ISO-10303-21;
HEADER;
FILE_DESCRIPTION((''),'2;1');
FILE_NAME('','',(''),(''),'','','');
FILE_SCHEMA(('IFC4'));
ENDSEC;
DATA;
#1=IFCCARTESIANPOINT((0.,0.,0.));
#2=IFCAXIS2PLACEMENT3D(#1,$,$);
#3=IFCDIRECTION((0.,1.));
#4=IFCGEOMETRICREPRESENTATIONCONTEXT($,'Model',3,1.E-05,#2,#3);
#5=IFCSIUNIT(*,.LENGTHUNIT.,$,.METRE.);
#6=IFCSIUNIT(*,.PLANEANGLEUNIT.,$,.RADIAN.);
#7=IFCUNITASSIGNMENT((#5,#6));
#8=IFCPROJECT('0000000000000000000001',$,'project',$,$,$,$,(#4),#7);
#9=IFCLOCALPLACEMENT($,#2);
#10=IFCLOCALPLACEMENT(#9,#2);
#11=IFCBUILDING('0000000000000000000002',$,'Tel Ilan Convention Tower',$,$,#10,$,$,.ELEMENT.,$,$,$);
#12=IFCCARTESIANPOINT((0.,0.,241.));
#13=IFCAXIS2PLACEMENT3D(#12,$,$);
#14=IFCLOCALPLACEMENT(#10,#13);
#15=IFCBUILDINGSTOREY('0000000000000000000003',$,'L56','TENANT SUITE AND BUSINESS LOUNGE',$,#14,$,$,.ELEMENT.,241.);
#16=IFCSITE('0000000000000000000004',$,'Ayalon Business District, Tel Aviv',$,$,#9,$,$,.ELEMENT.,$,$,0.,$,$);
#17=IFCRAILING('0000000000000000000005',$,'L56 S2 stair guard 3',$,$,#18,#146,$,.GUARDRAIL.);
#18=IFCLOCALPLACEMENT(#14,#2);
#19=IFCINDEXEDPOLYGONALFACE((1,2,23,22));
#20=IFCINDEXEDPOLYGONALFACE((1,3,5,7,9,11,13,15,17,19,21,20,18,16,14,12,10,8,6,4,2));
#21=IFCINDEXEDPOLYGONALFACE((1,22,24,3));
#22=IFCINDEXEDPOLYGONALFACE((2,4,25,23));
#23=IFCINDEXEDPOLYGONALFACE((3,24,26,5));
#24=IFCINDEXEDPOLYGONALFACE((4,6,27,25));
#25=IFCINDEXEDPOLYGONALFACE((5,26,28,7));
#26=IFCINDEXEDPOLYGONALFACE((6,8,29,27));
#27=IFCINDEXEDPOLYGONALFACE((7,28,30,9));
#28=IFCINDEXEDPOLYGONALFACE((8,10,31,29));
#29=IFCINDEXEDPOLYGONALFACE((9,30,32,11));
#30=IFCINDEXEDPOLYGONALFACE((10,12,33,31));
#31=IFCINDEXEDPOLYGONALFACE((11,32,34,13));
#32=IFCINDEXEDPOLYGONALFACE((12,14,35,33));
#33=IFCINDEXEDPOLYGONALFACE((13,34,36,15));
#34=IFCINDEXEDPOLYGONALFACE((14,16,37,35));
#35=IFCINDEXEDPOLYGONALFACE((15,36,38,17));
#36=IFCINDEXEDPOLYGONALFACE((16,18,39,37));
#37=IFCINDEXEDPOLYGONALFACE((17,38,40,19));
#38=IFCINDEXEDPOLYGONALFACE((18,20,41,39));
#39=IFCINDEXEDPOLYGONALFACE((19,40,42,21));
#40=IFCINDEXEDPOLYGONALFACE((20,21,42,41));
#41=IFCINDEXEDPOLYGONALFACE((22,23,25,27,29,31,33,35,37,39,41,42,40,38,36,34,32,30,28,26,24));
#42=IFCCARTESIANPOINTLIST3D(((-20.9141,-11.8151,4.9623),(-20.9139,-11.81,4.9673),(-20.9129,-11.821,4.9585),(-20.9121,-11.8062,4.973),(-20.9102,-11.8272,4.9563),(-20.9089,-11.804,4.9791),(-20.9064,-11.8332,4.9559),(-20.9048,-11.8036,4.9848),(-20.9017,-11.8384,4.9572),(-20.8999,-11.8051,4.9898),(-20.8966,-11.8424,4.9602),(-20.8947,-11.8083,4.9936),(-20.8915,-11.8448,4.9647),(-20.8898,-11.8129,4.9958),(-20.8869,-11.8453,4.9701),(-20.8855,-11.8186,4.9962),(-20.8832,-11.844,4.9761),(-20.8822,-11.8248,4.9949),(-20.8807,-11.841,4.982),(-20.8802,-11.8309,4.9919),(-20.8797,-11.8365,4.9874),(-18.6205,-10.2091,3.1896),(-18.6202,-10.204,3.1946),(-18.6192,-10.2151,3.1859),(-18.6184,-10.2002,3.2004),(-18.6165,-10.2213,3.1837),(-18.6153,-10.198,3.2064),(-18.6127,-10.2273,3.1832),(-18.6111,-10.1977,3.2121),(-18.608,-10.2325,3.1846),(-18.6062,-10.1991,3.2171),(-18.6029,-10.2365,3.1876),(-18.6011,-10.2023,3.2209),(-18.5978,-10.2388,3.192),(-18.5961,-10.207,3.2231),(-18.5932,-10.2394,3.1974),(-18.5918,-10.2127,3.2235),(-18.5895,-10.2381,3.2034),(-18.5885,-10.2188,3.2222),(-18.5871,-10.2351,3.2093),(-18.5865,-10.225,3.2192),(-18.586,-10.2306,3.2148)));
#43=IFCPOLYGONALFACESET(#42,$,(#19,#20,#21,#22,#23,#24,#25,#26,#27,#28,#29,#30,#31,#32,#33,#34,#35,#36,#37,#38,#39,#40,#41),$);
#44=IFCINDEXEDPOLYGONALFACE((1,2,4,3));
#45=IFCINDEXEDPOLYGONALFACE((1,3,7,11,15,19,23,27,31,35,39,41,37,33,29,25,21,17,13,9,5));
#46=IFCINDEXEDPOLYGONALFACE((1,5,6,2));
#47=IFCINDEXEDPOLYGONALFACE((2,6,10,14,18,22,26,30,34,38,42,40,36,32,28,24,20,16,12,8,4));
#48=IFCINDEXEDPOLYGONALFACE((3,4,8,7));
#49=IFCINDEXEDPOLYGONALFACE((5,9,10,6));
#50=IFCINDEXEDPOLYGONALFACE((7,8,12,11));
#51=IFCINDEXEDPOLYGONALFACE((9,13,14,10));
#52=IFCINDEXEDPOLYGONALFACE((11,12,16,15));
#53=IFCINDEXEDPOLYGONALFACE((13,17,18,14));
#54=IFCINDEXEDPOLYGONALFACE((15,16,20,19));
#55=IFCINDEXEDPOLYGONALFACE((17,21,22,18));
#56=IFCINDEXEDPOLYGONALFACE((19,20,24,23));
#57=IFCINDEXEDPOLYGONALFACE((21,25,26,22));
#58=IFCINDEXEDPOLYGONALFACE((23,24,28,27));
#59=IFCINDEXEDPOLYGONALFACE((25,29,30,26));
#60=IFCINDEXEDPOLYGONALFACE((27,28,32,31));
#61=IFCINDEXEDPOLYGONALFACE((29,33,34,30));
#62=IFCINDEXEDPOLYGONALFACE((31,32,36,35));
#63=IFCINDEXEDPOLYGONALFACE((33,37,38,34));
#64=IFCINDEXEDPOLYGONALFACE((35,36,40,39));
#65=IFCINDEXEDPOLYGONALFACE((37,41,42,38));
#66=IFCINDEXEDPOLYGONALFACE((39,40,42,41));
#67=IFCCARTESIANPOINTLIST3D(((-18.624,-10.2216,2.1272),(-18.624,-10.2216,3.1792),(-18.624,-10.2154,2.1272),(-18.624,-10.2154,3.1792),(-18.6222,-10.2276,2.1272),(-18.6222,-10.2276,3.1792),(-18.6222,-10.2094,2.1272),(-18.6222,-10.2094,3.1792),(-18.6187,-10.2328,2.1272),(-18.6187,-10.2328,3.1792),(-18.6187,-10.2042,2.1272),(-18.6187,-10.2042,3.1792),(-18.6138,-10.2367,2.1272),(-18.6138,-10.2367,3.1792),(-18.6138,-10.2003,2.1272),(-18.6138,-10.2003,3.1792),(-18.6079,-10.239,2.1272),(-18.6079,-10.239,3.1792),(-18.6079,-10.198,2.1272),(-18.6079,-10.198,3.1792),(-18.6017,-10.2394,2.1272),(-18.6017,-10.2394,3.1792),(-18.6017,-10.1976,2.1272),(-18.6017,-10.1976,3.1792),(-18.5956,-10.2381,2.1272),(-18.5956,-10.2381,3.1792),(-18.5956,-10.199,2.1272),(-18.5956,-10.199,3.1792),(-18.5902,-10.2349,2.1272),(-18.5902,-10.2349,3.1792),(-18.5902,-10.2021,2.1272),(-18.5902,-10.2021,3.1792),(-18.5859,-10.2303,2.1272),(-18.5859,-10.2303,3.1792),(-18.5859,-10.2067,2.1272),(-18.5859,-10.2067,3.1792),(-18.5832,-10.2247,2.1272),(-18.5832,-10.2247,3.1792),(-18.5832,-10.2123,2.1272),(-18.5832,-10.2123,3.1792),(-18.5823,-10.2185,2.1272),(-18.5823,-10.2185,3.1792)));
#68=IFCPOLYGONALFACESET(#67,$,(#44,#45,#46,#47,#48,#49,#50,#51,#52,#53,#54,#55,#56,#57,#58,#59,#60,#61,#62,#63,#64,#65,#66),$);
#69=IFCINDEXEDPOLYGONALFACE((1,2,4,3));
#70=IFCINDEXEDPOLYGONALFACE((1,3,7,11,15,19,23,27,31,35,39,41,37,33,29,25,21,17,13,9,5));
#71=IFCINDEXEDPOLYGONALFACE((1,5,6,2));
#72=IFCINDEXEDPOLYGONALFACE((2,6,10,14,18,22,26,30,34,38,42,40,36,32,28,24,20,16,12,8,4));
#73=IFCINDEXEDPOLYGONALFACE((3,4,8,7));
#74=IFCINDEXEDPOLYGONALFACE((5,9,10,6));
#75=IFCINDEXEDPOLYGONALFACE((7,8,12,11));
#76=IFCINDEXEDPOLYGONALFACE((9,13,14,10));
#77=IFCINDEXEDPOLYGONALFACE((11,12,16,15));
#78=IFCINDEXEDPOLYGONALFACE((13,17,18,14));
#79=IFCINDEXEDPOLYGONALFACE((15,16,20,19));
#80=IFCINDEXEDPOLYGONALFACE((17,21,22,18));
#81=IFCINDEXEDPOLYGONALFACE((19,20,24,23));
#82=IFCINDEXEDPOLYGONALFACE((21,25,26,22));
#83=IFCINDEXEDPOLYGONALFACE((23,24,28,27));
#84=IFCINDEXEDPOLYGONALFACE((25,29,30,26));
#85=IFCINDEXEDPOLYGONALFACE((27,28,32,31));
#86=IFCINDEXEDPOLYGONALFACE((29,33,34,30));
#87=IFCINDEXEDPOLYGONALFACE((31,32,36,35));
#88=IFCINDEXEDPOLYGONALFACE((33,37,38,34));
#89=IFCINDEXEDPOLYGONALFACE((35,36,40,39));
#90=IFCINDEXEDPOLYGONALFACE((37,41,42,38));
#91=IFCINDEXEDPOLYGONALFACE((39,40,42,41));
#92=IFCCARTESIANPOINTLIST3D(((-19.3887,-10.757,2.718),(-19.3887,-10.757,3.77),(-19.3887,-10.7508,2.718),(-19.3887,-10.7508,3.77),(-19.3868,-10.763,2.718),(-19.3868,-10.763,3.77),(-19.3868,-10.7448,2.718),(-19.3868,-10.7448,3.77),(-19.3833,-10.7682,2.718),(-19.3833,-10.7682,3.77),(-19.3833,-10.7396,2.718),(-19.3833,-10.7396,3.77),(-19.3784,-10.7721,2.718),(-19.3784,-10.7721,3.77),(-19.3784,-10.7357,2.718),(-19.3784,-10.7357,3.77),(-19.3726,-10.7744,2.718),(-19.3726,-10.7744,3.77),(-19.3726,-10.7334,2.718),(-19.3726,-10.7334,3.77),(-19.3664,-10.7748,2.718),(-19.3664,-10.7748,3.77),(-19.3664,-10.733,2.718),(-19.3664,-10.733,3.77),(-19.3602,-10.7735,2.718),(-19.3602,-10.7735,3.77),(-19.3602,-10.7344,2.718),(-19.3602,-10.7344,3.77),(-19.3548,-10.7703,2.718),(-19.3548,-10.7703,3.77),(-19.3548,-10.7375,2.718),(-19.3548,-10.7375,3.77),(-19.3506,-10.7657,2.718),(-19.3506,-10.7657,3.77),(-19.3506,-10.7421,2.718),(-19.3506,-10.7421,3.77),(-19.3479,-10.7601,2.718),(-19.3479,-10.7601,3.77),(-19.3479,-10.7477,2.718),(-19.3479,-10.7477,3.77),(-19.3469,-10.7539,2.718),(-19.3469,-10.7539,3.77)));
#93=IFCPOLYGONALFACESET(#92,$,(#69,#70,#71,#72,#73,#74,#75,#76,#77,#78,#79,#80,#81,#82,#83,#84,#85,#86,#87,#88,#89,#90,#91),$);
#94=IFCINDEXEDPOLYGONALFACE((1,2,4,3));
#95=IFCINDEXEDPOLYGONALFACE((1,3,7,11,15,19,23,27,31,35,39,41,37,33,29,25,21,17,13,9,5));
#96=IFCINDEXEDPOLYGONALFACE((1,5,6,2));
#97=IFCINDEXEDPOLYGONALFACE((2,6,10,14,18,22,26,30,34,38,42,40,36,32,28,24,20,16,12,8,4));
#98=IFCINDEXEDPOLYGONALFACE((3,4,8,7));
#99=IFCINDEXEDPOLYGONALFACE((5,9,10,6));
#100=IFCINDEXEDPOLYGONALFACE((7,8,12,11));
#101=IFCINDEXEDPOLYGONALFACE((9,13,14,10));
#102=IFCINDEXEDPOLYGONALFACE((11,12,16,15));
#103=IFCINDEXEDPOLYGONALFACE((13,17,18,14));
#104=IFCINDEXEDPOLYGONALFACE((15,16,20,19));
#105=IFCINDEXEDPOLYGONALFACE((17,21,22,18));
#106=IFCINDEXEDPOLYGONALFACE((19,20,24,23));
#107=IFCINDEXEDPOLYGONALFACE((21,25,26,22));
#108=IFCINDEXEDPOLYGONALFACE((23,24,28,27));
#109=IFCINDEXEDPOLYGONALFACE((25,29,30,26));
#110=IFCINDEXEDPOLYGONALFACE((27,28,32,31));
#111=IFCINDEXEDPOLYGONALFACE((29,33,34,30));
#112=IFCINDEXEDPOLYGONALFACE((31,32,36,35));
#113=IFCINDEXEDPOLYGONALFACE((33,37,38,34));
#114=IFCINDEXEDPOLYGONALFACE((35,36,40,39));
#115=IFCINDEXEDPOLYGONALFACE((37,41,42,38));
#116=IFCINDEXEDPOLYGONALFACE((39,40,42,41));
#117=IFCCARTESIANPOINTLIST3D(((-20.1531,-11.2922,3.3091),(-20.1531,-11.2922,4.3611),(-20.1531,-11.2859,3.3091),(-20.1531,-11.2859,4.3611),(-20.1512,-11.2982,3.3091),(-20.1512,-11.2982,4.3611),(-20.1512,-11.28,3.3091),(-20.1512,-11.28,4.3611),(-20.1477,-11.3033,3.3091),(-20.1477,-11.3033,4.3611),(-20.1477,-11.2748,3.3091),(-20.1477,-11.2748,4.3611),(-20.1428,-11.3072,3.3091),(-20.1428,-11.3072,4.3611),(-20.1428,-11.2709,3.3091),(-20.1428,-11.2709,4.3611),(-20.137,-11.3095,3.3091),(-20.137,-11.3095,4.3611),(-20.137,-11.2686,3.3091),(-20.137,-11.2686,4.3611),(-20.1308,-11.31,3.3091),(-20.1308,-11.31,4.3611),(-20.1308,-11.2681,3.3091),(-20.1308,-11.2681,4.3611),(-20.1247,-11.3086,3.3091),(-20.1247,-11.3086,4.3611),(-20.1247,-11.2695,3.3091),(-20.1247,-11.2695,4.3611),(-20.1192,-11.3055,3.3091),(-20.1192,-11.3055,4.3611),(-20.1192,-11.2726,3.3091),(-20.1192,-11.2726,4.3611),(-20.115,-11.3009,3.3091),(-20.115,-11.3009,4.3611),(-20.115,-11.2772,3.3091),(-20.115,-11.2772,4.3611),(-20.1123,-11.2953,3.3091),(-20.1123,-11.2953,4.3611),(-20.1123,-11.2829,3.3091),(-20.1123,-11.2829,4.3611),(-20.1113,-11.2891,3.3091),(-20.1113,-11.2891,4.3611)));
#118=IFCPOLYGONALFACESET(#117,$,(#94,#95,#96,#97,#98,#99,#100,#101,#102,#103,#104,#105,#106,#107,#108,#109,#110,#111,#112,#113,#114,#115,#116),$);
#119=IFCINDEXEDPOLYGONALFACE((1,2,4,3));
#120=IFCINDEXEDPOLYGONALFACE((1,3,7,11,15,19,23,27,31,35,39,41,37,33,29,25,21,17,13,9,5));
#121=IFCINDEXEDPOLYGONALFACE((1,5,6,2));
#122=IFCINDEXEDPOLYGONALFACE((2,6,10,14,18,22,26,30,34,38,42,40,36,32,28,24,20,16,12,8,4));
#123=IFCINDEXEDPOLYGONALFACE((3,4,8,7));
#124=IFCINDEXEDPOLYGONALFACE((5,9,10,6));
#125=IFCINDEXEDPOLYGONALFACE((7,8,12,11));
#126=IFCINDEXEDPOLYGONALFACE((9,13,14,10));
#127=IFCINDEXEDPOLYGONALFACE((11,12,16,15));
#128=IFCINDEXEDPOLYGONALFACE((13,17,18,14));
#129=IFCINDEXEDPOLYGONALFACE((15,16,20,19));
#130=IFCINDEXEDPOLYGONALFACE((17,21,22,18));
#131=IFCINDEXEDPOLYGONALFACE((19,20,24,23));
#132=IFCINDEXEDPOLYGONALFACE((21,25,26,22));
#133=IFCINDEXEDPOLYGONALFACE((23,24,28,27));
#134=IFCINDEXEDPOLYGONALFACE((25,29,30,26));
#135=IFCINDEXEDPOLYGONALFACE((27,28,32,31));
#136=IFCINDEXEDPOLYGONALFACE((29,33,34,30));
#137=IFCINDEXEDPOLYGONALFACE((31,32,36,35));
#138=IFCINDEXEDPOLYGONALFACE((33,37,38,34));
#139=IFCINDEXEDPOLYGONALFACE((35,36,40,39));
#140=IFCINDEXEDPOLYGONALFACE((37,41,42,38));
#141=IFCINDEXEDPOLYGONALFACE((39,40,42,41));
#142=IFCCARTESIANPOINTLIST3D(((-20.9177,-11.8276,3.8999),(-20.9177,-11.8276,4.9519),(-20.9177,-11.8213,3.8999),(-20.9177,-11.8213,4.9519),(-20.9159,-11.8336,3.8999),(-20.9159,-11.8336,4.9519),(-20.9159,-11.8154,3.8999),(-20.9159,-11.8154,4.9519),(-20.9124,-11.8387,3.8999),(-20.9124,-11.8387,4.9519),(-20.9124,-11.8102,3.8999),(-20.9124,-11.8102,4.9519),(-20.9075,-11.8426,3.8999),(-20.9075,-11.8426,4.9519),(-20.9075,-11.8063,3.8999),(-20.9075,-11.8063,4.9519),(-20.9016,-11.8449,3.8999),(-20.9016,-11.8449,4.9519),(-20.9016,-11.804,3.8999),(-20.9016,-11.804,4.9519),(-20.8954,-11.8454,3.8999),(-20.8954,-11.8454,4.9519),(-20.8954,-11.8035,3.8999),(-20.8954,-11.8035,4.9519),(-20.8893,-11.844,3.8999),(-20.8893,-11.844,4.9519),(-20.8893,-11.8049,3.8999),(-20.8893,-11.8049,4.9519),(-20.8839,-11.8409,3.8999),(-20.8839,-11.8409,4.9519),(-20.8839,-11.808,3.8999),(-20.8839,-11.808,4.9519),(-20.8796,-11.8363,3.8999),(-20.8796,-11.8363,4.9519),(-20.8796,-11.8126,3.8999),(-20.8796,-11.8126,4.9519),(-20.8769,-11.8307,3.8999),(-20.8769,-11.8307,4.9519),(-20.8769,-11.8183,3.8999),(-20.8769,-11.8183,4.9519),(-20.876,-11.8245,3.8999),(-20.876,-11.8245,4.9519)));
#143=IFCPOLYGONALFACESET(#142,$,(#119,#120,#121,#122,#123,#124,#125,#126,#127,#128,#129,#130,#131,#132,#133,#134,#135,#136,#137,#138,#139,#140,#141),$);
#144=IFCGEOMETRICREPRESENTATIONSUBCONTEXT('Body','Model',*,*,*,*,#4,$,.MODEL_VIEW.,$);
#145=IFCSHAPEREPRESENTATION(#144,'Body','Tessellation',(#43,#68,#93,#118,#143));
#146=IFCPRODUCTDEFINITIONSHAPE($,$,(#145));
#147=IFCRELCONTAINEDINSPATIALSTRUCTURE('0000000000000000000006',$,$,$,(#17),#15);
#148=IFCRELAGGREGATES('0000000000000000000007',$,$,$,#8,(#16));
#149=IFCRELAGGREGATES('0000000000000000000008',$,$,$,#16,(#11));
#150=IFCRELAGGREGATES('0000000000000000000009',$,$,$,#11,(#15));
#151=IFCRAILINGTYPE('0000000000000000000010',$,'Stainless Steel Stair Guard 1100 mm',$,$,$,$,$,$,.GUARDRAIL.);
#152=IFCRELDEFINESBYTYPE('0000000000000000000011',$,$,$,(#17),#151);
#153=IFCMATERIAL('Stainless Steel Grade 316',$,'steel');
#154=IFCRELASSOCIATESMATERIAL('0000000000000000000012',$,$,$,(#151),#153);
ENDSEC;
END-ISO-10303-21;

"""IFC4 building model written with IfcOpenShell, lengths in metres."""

from ifc_helpers import new_model, si_unit, direction, frame, origin, origin_2d, place, context, subcontext, project, spatial, circle, extrude, material, type_object, element, save


model = new_model("IFC4")

# Units and contexts
model_context = context("Model", 3, precision=1e-05, world=origin(), true_north=direction((0.0, 1.0)))
body_context = subcontext(model_context, "Body", "Model", "MODEL_VIEW")
ifc_project = project(units=[si_unit("LENGTHUNIT", "METRE"), si_unit("PLANEANGLEUNIT", "RADIAN")], contexts=[model_context])

# Site, building, storey
site_placement = place(None, origin())
site = spatial("IfcSite", under=ifc_project, at=site_placement, Name="Ayalon Business District, Tel Aviv", CompositionType="ELEMENT", RefElevation=0.0)
building_placement = place(site_placement, origin())
building = spatial("IfcBuilding", under=site, at=building_placement, Name="Tel Ilan Convention Tower", CompositionType="ELEMENT")
storey_placement = place(building_placement, frame((0.0, 0.0, 241.0)))
storey = spatial("IfcBuildingStorey", under=building, at=storey_placement, Name="L56", Description="TENANT SUITE AND BUSINESS LOUNGE", CompositionType="ELEMENT", Elevation=241.0)

# Railing
ifc_material_1 = material(Name="Stainless Steel Grade 316", Category="steel")
railing_type_1 = type_object("IfcRailingType", Name="Stainless Steel Stair Guard 1100 mm", PredefinedType="GUARDRAIL", material=ifc_material_1)
railing_1_placement = place(storey_placement, frame((-18.6033, -10.2185, 2.1272)))
element("IfcRailing", 1, at=railing_1_placement, inside=storey, type_object=railing_type_1, Name="L56 S2 stair guard 3", PredefinedType="GUARDRAIL", context=body_context, shape_type="SweptSolid", body=[
    extrude(circle(Radius=0.0239, at=origin_2d()), frame((0.0, 0.0, 1.0762), z_axis=(-0.692123, -0.484597, 0.534913), x_axis=(0.57355, -0.81917, 0.0)), (0.0, 0.0, 1.0), 3.314),
    extrude(circle(Radius=0.021, at=origin_2d()), origin(), (0.0, 0.0, 1.0), 1.052),
    extrude(circle(Radius=0.021, at=origin_2d()), frame((-0.7646, -0.5354, 0.5908)), (0.0, 0.0, 1.0), 1.052),
    extrude(circle(Radius=0.021, at=origin_2d()), frame((-1.5291, -1.0706, 1.1819)), (0.0, 0.0, 1.0), 1.052),
    extrude(circle(Radius=0.021, at=origin_2d()), frame((-2.2937, -1.606, 1.7727)), (0.0, 0.0, 1.0), 1.052),
])

save(model, "model.ifc")
